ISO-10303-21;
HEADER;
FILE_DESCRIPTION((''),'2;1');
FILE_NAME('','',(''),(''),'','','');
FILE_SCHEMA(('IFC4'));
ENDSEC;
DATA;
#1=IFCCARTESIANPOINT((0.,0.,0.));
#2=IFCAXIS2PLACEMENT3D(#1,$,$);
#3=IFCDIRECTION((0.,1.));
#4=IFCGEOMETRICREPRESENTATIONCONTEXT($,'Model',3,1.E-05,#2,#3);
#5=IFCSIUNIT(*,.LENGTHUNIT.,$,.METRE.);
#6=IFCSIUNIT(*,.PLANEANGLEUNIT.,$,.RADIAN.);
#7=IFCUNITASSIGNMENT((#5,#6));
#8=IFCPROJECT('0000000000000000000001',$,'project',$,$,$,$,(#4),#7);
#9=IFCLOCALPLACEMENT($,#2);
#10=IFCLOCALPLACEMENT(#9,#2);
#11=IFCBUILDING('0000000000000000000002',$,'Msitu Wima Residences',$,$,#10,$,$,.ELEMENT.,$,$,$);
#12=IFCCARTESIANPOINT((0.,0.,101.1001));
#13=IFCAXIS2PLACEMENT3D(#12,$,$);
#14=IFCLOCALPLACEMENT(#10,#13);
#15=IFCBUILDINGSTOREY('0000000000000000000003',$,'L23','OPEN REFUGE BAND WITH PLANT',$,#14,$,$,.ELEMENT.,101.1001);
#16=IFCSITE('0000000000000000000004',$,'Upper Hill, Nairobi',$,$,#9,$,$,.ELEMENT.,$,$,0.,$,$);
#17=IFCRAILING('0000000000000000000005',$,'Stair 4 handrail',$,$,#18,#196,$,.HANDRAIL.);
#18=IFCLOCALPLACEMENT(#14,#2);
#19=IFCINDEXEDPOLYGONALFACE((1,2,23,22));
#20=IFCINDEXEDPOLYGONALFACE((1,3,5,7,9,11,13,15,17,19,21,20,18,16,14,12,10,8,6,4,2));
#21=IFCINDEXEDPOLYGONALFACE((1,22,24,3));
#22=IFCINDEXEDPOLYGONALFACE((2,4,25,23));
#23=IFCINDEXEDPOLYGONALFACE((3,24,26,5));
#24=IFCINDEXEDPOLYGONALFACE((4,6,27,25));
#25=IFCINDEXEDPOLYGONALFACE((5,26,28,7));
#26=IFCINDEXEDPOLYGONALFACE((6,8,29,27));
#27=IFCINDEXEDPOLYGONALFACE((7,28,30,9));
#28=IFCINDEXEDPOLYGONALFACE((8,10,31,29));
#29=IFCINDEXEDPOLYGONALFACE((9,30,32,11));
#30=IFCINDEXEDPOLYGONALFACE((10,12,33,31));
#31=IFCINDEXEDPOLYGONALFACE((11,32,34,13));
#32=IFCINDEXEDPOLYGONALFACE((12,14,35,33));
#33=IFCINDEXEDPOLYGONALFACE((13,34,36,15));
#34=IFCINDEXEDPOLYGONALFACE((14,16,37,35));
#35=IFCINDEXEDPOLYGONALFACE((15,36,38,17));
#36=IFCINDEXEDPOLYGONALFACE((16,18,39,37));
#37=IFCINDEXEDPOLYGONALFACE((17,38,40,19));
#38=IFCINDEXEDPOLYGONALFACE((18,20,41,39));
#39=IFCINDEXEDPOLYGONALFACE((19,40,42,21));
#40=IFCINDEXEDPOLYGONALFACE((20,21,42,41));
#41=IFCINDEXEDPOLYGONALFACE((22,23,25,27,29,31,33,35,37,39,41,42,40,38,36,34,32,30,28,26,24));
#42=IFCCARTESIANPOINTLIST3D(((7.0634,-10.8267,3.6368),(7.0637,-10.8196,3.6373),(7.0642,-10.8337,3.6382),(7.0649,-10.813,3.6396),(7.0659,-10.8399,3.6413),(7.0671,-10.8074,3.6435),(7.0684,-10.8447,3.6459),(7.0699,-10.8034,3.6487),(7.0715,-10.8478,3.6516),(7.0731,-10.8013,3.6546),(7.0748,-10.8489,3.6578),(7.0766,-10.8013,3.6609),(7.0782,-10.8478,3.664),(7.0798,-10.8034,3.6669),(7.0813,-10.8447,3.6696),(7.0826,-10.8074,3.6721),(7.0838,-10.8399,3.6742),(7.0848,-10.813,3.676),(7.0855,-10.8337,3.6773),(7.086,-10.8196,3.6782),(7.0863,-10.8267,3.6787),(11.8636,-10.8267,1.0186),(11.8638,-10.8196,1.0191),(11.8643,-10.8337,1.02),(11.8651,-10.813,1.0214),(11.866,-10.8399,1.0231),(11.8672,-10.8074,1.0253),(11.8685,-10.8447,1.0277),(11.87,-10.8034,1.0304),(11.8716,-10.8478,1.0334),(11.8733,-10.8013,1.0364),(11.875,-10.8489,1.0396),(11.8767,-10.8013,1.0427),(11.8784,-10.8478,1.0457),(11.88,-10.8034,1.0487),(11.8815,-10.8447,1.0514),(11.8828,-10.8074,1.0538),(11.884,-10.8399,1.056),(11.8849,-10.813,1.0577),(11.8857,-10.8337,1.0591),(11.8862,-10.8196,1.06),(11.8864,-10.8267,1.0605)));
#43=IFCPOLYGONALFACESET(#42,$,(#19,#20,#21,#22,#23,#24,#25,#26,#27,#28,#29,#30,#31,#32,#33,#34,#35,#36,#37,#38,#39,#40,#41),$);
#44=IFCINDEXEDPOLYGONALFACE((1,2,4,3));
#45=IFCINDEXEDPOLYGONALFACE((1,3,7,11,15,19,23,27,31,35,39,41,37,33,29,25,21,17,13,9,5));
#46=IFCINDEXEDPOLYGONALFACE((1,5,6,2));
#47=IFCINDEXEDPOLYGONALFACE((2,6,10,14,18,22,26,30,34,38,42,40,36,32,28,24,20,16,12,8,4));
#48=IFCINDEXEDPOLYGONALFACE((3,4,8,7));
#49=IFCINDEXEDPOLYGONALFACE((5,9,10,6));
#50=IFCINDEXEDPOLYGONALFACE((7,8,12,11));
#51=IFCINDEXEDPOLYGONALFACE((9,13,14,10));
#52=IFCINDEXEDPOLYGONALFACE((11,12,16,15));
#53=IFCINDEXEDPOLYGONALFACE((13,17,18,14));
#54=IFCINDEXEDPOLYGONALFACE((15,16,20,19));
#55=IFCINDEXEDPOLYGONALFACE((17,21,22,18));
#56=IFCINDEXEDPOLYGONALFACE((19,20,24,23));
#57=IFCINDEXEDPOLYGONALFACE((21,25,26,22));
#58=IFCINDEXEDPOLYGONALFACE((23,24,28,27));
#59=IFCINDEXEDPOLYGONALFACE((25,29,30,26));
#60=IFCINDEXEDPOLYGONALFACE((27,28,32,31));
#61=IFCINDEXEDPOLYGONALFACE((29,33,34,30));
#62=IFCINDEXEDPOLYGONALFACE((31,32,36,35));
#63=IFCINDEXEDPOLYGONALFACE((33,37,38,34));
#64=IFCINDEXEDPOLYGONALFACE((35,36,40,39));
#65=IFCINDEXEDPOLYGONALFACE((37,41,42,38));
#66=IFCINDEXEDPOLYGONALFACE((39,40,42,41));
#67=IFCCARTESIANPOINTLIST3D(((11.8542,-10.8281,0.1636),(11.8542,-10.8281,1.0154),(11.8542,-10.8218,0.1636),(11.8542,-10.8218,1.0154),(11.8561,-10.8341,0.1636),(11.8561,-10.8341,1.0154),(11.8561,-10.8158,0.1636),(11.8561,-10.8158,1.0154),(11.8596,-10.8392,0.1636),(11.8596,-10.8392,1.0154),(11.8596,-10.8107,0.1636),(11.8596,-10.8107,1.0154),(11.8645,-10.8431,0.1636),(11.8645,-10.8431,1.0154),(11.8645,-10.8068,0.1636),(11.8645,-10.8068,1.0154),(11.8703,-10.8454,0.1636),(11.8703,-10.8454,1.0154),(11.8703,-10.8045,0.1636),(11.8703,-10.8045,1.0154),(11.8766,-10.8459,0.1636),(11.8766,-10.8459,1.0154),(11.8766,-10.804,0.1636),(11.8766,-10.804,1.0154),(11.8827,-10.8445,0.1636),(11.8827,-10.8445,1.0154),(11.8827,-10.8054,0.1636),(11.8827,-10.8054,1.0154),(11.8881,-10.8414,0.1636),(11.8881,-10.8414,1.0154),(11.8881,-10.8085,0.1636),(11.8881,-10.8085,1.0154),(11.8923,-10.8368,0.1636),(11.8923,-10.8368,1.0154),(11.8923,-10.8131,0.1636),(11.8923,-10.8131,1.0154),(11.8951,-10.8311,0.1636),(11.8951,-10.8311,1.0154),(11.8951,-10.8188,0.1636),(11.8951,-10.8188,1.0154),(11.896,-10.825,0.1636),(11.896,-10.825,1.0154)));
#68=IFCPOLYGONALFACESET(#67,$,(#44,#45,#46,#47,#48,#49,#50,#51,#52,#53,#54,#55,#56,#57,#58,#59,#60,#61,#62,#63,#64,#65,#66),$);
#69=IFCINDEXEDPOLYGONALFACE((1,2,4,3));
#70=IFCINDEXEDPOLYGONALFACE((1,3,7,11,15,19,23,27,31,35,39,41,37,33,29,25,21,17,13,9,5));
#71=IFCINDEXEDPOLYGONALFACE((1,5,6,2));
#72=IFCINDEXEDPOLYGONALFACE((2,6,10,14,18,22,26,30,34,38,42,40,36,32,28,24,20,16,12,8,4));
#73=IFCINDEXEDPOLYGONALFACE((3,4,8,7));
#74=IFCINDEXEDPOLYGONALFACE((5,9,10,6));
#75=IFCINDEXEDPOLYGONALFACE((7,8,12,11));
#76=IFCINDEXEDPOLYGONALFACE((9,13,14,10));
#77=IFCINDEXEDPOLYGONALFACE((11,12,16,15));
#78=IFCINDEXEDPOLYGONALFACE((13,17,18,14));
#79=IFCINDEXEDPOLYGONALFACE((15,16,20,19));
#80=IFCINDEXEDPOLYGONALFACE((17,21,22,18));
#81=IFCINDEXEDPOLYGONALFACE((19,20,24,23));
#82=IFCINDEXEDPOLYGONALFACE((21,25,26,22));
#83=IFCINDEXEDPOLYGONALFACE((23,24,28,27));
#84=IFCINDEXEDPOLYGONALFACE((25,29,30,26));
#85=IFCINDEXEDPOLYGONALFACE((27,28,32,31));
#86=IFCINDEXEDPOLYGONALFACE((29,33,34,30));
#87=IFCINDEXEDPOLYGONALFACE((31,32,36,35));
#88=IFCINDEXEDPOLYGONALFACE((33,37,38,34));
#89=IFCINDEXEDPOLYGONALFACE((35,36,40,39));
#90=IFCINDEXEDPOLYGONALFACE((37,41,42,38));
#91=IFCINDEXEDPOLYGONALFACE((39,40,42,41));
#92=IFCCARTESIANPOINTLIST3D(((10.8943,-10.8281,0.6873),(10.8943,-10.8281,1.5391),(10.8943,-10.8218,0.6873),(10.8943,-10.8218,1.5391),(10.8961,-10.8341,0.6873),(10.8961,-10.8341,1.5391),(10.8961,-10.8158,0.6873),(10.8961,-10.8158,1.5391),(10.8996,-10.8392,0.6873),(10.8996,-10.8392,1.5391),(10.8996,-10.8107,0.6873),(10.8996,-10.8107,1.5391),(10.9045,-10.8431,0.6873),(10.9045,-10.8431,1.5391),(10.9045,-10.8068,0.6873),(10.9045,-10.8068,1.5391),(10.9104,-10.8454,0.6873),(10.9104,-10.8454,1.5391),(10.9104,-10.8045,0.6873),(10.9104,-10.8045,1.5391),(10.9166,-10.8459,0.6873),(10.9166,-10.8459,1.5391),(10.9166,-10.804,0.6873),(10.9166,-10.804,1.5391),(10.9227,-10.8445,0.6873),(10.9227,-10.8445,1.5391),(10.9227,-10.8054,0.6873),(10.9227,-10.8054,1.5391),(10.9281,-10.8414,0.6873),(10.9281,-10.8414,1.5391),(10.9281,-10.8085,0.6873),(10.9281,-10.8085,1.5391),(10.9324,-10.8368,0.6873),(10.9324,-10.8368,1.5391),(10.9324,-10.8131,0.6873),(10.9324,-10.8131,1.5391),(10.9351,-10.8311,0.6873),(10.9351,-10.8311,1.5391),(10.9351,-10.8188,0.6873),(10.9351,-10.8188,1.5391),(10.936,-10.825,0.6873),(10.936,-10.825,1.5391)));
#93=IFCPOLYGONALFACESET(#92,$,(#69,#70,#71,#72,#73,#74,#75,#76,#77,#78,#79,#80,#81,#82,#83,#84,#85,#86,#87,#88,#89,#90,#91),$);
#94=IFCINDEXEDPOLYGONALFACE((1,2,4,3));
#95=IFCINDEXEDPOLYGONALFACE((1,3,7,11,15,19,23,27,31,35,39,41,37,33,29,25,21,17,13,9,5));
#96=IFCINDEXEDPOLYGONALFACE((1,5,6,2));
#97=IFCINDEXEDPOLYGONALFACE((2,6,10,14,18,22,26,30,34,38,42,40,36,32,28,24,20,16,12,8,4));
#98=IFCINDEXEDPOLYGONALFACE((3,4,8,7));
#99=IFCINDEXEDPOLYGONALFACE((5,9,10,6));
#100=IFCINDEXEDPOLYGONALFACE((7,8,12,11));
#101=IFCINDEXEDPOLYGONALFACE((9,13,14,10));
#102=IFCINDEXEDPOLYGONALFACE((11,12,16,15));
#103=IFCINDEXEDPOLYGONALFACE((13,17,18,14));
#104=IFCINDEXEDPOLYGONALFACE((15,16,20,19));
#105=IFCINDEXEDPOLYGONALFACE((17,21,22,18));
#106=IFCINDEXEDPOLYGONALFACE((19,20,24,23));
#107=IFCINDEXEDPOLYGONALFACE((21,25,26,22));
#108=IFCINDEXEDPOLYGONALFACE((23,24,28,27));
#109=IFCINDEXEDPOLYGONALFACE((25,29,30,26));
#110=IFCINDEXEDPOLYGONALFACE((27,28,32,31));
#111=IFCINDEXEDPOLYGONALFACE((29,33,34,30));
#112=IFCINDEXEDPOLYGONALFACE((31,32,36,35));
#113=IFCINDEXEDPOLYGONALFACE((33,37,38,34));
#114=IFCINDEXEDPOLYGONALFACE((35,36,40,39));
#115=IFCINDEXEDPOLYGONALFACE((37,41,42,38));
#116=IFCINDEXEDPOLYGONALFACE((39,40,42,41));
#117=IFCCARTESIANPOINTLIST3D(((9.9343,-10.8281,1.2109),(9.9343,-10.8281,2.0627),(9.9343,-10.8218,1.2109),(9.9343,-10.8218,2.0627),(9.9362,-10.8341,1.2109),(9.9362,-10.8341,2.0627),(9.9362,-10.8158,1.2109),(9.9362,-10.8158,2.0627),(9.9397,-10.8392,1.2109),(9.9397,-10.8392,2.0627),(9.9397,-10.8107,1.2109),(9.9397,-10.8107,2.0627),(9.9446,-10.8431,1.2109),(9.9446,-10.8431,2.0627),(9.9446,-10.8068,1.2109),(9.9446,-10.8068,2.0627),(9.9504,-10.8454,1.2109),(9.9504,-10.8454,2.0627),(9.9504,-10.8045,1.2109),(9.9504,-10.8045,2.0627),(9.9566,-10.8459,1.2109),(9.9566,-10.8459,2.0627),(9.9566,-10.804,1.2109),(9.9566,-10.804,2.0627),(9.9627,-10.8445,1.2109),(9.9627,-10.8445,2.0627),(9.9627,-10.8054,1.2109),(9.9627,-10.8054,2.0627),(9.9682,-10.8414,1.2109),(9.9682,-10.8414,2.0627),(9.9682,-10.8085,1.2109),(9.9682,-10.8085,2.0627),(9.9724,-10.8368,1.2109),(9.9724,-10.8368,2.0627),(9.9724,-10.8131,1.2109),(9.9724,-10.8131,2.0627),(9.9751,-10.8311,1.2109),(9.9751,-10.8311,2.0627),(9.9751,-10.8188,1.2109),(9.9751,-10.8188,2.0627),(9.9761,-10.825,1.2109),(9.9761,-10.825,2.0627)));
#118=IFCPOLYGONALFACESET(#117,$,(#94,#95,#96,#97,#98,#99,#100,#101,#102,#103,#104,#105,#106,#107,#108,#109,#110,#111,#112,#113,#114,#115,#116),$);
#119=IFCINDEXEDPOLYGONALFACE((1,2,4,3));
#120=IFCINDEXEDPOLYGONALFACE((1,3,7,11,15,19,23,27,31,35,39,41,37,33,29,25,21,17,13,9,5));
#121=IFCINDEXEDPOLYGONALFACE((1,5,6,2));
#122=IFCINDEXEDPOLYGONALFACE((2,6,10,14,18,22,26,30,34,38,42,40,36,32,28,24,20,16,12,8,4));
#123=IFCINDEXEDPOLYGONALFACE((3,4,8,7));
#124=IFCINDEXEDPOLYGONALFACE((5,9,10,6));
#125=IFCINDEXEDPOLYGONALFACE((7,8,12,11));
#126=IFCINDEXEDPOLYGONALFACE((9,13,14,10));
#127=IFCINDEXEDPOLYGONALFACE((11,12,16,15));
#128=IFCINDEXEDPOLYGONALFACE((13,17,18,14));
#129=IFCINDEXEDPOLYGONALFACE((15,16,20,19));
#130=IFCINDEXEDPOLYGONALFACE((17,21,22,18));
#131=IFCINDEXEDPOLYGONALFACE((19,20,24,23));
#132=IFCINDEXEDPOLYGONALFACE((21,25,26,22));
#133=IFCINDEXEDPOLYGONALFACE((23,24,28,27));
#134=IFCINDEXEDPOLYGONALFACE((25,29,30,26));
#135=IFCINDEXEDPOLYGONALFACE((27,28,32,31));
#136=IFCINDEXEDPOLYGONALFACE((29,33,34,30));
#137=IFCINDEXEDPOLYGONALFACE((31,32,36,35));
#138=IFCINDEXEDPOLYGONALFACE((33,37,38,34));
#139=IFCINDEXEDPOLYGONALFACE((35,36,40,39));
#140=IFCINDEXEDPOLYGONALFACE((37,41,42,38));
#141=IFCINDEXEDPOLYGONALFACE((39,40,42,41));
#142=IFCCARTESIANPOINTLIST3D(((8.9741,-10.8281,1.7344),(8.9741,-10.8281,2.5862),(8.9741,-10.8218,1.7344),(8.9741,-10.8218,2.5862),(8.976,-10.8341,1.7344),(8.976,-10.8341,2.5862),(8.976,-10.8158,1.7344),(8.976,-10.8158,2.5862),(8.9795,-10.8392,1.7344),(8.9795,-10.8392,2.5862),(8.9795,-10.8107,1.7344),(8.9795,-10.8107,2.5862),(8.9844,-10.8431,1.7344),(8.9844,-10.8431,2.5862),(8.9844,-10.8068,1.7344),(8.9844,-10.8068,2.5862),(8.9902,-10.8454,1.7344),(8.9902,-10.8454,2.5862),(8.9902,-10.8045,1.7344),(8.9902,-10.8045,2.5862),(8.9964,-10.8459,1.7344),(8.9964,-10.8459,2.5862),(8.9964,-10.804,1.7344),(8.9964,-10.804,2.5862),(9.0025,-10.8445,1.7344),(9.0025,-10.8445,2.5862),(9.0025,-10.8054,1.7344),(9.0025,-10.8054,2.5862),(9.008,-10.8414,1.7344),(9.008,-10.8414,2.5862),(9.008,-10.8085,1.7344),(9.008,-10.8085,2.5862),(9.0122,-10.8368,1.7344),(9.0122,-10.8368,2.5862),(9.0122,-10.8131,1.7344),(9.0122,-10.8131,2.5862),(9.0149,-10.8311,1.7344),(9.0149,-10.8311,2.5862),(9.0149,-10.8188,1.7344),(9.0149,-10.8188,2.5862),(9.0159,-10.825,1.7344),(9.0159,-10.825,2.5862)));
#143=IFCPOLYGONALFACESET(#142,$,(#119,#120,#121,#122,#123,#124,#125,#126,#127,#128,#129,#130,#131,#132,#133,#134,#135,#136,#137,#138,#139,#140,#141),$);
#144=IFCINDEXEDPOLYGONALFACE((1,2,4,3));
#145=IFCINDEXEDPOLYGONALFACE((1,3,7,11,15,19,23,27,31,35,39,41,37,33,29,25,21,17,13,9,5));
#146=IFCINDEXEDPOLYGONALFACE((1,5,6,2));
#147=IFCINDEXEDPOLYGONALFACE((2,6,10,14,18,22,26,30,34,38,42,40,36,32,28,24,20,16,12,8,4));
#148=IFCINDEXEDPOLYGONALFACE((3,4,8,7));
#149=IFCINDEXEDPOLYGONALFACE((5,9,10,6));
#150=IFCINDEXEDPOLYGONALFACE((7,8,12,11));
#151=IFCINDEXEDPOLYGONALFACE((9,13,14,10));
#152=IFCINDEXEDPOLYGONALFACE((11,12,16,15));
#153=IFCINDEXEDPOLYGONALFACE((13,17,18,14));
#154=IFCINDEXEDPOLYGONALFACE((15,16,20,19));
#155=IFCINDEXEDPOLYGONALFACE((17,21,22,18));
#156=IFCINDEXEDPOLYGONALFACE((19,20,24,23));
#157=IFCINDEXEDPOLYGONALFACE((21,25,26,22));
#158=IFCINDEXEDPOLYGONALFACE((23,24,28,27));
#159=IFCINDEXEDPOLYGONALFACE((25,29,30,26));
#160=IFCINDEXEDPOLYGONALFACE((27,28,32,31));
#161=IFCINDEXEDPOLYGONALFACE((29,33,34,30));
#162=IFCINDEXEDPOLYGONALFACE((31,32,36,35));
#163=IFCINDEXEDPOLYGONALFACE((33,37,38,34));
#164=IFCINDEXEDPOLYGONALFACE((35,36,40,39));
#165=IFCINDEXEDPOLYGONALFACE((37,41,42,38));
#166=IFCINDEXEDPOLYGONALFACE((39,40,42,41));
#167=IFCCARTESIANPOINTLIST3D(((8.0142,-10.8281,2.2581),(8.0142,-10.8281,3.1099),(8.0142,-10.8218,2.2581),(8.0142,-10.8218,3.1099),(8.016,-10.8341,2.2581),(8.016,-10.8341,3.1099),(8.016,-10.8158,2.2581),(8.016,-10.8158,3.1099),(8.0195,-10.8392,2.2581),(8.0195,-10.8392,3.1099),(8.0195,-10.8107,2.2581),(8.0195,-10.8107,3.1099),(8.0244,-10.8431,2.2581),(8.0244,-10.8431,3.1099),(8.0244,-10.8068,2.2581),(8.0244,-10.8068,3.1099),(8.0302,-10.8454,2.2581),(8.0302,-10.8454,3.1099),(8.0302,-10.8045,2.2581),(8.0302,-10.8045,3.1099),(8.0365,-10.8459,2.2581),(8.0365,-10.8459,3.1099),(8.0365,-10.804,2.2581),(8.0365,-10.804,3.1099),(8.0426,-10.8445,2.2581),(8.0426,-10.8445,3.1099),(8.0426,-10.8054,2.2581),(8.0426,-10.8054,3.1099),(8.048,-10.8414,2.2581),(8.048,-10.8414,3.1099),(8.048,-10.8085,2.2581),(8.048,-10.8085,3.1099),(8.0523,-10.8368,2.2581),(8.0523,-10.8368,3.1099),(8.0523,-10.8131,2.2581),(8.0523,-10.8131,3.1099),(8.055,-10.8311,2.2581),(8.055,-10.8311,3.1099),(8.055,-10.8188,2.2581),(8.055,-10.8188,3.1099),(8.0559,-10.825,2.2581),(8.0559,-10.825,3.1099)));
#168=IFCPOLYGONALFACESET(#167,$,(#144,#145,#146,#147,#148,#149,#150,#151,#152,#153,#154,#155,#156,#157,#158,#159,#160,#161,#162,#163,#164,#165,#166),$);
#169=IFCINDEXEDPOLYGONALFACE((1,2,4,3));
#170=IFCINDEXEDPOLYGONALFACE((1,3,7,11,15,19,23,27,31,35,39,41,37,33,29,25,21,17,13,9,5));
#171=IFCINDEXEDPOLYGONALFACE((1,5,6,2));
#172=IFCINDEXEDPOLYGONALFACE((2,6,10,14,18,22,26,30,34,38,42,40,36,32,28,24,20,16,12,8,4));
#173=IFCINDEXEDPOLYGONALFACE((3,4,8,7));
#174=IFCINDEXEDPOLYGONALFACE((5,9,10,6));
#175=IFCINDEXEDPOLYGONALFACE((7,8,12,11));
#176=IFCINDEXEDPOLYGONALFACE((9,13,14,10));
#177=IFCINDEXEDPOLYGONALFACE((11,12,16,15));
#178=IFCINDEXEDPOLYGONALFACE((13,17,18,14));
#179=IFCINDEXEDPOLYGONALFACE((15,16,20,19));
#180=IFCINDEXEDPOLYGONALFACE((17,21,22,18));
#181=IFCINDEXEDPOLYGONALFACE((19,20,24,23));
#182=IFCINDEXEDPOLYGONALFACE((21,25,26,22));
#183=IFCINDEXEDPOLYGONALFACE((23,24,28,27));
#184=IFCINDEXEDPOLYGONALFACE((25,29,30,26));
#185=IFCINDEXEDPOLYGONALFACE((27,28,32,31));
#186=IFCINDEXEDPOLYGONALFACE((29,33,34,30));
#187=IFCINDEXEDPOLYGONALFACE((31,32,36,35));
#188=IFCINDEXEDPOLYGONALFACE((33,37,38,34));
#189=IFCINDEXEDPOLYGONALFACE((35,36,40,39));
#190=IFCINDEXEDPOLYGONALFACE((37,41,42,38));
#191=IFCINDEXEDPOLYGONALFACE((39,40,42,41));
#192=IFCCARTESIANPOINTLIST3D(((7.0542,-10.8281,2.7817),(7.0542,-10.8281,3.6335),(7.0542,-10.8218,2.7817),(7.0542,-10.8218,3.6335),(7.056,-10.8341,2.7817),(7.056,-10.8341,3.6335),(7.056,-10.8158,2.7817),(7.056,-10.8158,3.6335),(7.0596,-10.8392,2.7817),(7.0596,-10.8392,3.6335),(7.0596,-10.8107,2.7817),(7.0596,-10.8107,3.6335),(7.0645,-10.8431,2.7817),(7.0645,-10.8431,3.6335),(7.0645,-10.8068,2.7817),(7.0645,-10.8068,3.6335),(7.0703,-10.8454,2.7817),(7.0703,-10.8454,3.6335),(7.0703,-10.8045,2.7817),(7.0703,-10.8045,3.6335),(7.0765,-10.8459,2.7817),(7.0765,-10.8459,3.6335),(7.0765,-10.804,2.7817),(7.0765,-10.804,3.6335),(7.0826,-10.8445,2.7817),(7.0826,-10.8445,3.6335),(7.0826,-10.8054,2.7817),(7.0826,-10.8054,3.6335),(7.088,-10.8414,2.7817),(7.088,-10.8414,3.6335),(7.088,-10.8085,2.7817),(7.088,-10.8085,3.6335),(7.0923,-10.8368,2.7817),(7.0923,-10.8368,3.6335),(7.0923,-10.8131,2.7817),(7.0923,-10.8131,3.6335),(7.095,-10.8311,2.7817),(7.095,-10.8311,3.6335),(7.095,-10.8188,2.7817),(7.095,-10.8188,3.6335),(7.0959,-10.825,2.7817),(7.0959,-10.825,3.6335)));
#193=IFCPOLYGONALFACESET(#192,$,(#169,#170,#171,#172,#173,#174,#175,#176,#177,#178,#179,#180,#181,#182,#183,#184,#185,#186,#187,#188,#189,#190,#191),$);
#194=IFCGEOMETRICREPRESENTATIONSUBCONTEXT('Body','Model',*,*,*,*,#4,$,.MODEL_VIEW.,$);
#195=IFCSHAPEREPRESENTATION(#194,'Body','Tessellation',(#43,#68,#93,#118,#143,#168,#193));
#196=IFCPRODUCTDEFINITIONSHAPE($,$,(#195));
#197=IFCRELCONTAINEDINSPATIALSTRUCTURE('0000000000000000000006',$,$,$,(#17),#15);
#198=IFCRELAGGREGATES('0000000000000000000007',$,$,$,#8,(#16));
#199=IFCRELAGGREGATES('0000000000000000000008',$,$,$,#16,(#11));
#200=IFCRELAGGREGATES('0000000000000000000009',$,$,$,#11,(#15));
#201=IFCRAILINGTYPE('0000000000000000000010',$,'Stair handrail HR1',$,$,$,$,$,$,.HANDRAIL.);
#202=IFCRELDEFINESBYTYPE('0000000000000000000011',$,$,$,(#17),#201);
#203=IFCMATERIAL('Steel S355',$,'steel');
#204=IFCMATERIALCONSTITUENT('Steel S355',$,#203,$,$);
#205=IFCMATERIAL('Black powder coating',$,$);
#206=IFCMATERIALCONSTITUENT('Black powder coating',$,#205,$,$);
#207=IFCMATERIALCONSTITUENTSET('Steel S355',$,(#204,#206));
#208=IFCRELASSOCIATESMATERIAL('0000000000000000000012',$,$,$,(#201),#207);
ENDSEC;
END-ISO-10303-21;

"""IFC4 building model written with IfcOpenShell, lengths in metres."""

from ifc_helpers import new_model, si_unit, direction, frame, origin, origin_2d, place, context, subcontext, project, spatial, circle, extrude, material, constituent, constituent_set, type_object, element, save


model = new_model("IFC4")

# Units and contexts
model_context = context("Model", 3, precision=1e-05, world=origin(), true_north=direction((0.0, 1.0)))
body_context = subcontext(model_context, "Body", "Model", "MODEL_VIEW")
ifc_project = project(units=[si_unit("LENGTHUNIT", "METRE"), si_unit("PLANEANGLEUNIT", "RADIAN")], contexts=[model_context])

# Site, building, storey
site_placement = place(None, origin())
site = spatial("IfcSite", under=ifc_project, at=site_placement, Name="Upper Hill, Nairobi", CompositionType="ELEMENT", RefElevation=0.0)
building_placement = place(site_placement, origin())
building = spatial("IfcBuilding", under=site, at=building_placement, Name="Msitu Wima Residences", CompositionType="ELEMENT")
storey_placement = place(building_placement, frame((0.0, 0.0, 101.1001)))
storey = spatial("IfcBuildingStorey", under=building, at=storey_placement, Name="L23", Description="OPEN REFUGE BAND WITH PLANT", CompositionType="ELEMENT", Elevation=101.1001)

# Railing
ifc_material_1 = material(Name="Steel S355", Category="steel")
ifc_constituent_1 = constituent(ifc_material_1, Name="Steel S355")
ifc_material_2 = material(Name="Black powder coating")
ifc_constituent_2 = constituent(ifc_material_2, Name="Black powder coating")
ifc_constituent_set_1 = constituent_set(constituents=[ifc_constituent_1, ifc_constituent_2], Name="Steel S355")
railing_type_1 = type_object("IfcRailingType", Name="Stair handrail HR1", PredefinedType="HANDRAIL", material=ifc_constituent_set_1)
for number, where, name in (
    (1, (11.875, -10.825, 0.1636), "Stair 4 handrail"),
):
    element("IfcRailing", number, at=place(storey_placement, frame(where)), inside=storey, type_object=railing_type_1, Name=name, PredefinedType="HANDRAIL", context=body_context, shape_type="SweptSolid", body=[
        extrude(circle(Radius=0.0239, at=origin_2d()), frame((0.0, 0.0, 0.876), z_axis=(-0.877899, 0.0, 0.478846), x_axis=(0.0, -1.0, 0.0)), (0.0, 0.0, 1.0), 5.4678),
        extrude(circle(Radius=0.021, at=origin_2d()), origin(), (0.0, 0.0, 1.0), 0.8518),
        extrude(circle(Radius=0.021, at=origin_2d()), frame((-0.96, 0.0, 0.5237)), (0.0, 0.0, 1.0), 0.8518),
        extrude(circle(Radius=0.021, at=origin_2d()), frame((-1.9199, 0.0, 1.0474)), (0.0, 0.0, 1.0), 0.8518),
        extrude(circle(Radius=0.021, at=origin_2d()), frame((-2.8801, 0.0, 1.5708)), (0.0, 0.0, 1.0), 0.8518),
        extrude(circle(Radius=0.021, at=origin_2d()), frame((-3.8401, 0.0, 2.0945)), (0.0, 0.0, 1.0), 0.8518),
        extrude(circle(Radius=0.021, at=origin_2d()), frame((-4.8, 0.0, 2.6182)), (0.0, 0.0, 1.0), 0.8518),
    ])

save(model, "model.ifc")
